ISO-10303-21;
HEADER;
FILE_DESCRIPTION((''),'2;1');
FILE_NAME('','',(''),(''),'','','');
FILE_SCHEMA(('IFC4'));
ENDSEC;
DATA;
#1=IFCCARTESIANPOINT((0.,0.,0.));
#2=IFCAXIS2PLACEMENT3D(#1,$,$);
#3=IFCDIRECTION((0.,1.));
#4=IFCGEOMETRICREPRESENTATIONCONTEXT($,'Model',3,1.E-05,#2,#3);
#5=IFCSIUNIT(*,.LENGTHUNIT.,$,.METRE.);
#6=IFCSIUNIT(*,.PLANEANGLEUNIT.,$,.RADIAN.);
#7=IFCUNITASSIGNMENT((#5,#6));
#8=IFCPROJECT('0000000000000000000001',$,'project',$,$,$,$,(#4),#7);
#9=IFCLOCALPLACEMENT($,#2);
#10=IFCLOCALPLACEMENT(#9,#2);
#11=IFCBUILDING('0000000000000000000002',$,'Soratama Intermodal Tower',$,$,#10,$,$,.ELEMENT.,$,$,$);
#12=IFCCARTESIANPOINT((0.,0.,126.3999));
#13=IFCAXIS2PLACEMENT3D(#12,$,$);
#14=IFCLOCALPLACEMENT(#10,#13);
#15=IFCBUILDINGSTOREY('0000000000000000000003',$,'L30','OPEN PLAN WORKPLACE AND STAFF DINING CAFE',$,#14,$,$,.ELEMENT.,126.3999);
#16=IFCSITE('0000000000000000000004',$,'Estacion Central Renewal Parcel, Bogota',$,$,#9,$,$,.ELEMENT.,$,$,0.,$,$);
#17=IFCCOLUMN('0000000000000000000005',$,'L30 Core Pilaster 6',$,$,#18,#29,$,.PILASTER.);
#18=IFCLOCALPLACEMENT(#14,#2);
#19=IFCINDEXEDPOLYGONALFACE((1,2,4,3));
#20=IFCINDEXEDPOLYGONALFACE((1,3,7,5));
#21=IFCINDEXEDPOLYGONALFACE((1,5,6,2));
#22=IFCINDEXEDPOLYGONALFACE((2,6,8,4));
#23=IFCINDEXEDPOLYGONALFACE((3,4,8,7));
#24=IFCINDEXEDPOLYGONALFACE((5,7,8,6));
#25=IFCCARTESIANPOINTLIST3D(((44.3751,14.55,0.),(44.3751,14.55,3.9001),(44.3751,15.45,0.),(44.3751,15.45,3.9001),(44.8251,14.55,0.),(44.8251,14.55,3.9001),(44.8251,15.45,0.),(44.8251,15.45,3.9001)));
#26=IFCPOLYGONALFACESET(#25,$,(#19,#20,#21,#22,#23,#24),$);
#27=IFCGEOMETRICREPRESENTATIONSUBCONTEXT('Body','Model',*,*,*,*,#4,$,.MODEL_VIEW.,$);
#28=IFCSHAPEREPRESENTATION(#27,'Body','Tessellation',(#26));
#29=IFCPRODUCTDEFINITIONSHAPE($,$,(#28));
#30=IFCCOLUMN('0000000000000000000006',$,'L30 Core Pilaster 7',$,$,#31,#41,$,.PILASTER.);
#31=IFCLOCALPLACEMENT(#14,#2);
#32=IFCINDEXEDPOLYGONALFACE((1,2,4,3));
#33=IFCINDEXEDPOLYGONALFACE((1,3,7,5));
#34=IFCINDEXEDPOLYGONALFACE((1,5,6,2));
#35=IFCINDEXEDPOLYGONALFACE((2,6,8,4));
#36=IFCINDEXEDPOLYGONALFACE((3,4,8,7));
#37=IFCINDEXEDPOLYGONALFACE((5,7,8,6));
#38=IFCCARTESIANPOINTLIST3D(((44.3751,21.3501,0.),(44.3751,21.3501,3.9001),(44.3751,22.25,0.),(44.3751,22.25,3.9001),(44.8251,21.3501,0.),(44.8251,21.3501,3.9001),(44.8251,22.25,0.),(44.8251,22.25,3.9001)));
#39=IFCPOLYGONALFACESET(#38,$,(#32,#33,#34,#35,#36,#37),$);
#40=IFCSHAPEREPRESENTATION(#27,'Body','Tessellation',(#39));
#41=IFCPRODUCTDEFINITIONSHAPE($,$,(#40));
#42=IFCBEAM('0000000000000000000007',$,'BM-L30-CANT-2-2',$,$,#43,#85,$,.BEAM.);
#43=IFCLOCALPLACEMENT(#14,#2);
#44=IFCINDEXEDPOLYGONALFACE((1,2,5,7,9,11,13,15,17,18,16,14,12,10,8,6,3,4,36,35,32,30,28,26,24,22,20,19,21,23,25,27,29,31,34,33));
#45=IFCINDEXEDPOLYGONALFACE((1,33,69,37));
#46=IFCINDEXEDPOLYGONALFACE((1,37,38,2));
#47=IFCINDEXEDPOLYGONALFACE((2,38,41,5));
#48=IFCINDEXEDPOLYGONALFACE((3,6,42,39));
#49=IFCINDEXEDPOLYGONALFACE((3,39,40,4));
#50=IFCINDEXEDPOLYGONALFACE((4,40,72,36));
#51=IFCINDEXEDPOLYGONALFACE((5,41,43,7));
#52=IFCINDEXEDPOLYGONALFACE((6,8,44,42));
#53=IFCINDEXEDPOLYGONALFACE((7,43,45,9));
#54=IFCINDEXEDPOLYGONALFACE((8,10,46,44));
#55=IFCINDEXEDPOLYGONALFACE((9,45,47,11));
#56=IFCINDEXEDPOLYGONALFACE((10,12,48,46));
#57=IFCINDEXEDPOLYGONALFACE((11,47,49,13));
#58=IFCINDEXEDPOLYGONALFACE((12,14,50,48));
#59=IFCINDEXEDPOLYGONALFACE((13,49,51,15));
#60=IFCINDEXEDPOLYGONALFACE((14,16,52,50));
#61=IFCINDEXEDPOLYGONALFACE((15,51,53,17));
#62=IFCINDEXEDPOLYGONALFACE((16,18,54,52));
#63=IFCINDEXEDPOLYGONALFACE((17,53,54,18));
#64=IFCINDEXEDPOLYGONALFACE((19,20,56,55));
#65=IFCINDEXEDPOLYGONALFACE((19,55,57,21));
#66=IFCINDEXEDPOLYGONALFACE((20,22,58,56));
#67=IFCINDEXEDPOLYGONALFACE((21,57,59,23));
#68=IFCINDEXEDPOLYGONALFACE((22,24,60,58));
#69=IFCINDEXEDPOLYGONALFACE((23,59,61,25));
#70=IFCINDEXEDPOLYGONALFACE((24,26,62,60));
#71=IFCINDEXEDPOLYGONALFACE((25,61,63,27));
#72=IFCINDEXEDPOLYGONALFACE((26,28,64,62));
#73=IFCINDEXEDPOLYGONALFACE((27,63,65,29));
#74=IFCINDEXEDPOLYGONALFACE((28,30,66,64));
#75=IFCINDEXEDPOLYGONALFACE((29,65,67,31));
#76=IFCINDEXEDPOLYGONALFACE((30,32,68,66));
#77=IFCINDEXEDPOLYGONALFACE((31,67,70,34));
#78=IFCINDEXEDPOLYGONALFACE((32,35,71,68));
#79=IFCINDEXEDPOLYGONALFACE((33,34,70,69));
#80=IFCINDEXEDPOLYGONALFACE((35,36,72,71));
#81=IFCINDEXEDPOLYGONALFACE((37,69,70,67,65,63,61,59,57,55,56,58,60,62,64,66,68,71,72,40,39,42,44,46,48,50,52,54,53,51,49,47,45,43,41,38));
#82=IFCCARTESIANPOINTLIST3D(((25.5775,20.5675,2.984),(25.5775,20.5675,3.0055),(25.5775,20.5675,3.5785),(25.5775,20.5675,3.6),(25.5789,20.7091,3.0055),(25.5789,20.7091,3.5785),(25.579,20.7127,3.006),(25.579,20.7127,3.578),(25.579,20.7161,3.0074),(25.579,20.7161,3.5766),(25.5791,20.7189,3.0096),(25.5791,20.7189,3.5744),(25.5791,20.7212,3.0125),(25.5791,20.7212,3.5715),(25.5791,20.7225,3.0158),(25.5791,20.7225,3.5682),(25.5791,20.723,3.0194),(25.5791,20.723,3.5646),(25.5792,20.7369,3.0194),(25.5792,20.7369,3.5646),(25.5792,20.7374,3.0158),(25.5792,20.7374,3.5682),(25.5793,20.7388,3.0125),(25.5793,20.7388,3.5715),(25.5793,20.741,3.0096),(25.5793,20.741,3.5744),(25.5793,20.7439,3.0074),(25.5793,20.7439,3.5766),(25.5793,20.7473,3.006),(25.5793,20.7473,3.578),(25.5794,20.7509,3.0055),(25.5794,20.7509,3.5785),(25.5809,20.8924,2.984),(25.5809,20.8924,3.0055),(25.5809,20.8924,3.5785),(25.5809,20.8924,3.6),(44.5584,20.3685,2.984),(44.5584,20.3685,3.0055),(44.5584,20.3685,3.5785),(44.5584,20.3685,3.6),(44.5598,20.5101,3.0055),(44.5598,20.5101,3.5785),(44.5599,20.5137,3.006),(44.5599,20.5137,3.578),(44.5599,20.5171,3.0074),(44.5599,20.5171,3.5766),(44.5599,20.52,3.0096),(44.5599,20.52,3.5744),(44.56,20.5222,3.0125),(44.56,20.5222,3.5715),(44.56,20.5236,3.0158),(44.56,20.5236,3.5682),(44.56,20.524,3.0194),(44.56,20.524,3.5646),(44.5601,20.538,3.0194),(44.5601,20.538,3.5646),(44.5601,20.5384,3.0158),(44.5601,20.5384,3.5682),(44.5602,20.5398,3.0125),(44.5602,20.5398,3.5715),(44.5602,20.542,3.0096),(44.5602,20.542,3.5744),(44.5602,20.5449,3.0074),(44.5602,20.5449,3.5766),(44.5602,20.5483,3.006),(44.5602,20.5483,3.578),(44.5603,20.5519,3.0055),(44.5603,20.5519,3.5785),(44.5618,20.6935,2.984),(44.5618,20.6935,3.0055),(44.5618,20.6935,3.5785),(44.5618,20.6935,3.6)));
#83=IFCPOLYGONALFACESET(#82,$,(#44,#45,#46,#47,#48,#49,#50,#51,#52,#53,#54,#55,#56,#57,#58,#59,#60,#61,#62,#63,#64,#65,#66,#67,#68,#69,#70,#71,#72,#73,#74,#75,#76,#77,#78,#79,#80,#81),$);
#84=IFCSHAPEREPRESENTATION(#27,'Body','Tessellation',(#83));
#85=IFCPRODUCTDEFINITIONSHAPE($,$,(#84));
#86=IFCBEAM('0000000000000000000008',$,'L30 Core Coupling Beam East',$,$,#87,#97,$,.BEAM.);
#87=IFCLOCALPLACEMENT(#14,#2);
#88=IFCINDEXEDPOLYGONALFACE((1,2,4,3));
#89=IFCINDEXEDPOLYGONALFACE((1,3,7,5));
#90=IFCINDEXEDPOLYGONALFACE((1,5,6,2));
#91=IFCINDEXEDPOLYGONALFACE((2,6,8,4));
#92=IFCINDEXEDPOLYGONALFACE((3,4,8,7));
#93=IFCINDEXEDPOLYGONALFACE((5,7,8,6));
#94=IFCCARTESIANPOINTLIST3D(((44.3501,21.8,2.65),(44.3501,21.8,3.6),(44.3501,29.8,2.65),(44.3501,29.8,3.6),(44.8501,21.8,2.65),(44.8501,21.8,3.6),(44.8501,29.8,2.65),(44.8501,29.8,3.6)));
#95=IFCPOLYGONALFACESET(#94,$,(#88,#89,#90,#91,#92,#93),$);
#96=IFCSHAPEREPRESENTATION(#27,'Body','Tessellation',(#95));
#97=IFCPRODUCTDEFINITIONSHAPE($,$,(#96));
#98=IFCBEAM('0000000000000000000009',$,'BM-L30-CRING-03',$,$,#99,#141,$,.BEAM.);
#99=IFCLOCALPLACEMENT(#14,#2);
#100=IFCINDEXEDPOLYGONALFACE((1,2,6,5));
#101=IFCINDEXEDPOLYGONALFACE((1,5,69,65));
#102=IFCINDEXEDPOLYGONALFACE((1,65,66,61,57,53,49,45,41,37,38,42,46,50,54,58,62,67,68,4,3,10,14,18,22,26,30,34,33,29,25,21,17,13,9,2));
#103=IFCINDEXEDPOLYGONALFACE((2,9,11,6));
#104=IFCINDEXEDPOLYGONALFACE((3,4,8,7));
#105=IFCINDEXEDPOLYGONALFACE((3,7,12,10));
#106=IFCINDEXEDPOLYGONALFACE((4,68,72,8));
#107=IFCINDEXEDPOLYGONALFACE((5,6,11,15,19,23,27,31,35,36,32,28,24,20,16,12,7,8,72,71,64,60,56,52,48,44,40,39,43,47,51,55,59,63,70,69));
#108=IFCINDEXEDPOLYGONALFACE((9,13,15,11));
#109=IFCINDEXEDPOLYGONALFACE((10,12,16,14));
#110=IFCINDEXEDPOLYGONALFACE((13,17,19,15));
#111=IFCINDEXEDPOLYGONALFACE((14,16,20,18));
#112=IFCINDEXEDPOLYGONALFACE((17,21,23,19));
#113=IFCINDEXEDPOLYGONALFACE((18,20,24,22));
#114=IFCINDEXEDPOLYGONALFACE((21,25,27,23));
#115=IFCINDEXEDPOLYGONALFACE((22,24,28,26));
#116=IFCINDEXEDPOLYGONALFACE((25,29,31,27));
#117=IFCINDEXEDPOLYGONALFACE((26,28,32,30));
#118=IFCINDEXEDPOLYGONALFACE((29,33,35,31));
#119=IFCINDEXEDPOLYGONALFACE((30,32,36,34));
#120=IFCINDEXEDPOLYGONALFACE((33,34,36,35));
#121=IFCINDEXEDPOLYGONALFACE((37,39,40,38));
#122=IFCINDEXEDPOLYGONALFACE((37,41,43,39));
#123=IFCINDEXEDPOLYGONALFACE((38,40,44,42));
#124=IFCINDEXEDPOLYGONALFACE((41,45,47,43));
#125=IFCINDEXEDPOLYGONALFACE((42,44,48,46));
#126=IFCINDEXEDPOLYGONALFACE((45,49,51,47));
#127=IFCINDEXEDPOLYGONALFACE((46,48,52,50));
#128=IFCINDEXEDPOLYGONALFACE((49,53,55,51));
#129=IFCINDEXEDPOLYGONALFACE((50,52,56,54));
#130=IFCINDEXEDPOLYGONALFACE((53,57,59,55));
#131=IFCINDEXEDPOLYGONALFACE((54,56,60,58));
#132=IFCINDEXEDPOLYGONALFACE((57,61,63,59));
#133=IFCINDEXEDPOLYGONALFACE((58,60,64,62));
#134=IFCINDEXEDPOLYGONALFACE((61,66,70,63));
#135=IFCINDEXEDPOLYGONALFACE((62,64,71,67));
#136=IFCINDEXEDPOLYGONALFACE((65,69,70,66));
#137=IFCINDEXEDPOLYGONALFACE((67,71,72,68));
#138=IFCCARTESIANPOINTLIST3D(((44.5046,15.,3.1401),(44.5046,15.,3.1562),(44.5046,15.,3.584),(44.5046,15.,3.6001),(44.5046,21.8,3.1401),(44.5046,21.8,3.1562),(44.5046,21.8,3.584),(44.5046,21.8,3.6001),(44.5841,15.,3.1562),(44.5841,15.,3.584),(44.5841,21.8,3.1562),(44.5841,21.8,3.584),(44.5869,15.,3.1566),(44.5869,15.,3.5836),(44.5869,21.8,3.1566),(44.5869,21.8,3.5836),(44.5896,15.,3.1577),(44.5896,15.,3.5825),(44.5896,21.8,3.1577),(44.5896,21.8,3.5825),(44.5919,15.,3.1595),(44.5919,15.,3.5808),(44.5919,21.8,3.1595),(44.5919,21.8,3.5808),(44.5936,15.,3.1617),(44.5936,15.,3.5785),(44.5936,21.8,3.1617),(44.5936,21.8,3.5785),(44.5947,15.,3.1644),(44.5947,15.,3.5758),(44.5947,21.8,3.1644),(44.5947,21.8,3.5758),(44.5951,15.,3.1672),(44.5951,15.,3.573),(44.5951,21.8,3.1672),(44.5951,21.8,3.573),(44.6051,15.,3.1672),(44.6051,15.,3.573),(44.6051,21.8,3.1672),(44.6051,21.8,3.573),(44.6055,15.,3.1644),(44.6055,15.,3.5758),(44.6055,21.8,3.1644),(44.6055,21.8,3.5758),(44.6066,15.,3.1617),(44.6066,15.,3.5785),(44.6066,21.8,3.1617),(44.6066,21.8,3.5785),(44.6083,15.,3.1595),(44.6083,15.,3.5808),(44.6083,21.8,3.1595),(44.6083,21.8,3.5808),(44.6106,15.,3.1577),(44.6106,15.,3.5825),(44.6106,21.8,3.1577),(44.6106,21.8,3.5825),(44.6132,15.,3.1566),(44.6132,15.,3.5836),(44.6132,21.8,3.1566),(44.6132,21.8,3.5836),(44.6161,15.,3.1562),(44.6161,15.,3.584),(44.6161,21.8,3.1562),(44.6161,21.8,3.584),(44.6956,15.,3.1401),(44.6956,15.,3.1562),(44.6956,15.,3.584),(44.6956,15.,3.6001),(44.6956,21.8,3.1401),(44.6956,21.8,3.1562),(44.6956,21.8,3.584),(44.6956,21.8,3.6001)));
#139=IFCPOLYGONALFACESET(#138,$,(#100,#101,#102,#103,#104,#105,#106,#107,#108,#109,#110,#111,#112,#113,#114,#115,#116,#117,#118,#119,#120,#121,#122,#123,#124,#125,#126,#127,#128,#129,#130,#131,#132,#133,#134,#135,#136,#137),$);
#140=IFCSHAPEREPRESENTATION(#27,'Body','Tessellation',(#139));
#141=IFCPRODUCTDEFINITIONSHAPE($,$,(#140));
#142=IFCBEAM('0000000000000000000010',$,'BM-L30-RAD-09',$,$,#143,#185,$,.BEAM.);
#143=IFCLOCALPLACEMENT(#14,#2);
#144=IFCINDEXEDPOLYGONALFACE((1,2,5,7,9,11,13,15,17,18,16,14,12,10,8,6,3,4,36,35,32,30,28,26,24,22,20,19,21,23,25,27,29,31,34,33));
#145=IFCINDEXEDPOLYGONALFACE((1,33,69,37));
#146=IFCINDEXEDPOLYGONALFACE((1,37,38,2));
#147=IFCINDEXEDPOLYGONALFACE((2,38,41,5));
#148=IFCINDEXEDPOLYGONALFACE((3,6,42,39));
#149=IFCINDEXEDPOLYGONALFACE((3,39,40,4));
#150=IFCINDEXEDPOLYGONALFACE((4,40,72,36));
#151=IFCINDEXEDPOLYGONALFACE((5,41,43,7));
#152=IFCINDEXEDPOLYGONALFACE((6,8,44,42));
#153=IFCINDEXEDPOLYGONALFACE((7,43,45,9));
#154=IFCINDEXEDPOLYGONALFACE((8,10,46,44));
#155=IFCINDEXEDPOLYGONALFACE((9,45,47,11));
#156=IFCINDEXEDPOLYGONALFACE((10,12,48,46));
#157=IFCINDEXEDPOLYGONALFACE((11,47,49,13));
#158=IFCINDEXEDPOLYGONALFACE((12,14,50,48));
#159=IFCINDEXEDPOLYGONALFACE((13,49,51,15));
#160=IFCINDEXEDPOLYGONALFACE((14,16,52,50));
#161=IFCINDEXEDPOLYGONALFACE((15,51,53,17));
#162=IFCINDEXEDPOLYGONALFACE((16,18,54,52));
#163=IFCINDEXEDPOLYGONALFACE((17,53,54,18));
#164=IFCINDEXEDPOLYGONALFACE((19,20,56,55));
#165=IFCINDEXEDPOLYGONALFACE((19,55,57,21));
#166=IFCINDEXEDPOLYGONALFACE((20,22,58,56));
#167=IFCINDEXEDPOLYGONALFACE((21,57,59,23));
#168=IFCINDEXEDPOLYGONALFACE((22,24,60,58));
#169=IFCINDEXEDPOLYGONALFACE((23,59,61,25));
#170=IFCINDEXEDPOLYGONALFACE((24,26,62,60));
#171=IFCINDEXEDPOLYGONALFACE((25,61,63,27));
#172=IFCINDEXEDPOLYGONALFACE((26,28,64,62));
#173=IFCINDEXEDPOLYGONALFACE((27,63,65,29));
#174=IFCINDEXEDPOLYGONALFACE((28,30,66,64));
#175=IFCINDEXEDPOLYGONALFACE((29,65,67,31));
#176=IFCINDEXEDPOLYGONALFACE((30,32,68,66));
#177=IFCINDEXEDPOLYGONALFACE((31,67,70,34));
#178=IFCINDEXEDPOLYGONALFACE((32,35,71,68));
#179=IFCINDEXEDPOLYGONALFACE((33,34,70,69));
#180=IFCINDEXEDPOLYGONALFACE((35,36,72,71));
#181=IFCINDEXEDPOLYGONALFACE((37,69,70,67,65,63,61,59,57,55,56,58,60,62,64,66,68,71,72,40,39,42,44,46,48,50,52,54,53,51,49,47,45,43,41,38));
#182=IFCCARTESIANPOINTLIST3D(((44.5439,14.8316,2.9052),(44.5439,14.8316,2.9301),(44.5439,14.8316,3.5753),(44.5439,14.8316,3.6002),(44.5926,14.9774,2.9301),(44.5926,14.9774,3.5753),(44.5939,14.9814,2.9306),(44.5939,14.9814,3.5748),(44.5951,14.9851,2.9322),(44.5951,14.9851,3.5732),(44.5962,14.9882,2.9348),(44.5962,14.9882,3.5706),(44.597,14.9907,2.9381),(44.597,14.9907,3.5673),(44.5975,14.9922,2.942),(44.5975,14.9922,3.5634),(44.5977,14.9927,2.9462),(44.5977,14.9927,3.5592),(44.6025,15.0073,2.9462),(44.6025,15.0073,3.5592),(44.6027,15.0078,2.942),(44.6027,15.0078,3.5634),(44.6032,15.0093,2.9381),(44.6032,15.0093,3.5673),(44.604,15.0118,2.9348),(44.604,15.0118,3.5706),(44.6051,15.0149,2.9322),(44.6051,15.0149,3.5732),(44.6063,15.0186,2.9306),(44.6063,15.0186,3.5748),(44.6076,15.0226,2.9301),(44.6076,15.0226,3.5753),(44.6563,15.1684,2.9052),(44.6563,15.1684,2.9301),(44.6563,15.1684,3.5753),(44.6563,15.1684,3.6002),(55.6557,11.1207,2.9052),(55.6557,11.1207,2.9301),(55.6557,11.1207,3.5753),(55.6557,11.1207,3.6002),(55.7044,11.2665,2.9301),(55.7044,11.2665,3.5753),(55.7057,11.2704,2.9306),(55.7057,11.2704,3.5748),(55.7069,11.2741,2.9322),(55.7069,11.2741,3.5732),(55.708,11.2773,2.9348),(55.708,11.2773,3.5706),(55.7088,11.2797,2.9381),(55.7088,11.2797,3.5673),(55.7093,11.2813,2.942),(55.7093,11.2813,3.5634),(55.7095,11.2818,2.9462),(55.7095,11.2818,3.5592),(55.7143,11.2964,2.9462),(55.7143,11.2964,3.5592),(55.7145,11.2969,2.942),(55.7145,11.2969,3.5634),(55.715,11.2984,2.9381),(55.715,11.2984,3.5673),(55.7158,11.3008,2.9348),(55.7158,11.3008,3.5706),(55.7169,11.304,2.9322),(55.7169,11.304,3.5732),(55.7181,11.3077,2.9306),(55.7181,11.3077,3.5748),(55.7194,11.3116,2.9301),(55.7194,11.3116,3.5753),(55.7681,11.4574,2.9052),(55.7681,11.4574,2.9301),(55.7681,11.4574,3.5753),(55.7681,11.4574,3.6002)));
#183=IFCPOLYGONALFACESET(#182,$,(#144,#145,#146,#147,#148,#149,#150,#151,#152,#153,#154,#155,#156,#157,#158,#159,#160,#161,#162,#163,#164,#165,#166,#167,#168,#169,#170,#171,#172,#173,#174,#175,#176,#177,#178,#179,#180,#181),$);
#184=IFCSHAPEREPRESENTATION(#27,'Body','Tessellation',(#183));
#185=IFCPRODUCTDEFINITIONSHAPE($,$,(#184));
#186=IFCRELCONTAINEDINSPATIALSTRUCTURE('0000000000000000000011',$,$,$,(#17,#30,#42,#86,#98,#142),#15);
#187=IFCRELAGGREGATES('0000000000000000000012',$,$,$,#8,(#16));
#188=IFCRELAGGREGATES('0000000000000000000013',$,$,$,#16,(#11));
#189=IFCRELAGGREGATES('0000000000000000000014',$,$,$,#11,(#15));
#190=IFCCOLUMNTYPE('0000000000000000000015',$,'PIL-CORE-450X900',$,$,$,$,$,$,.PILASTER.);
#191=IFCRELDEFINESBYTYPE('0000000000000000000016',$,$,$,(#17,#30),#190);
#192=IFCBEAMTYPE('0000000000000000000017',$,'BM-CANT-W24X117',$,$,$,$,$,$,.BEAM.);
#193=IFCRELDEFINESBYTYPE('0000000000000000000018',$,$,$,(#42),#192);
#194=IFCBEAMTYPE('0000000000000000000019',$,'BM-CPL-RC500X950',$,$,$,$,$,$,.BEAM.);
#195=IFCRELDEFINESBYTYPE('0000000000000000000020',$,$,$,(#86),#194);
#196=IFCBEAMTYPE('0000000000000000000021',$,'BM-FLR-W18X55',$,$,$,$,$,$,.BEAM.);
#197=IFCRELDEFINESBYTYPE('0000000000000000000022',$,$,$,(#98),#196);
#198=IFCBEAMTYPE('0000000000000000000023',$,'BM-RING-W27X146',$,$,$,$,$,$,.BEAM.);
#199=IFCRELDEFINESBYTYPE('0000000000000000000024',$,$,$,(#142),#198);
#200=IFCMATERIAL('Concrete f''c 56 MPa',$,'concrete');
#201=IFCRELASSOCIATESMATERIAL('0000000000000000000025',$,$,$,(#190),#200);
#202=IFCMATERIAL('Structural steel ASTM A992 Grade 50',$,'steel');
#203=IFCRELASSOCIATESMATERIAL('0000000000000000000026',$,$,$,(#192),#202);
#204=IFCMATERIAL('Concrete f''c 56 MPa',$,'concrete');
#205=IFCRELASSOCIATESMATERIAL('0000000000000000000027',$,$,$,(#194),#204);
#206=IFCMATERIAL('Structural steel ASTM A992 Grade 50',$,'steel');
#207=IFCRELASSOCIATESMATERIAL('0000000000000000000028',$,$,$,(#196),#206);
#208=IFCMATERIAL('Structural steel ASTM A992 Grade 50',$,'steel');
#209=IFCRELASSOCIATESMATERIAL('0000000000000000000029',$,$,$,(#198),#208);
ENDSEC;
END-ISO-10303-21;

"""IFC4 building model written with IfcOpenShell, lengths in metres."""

from ifc_helpers import new_model, si_unit, direction, frame, origin, origin_2d, place, context, subcontext, project, spatial, rectangle, i_section, extrude, material, material_profile, profile_set, type_object, element, save


model = new_model("IFC4")

# Units and contexts
model_context = context("Model", 3, precision=1e-05, world=origin(), true_north=direction((0.0, 1.0)))
body_context = subcontext(model_context, "Body", "Model", "MODEL_VIEW")
ifc_project = project(units=[si_unit("LENGTHUNIT", "METRE"), si_unit("PLANEANGLEUNIT", "RADIAN")], contexts=[model_context])

# Site, building, storey
site_placement = place(None, origin())
site = spatial("IfcSite", under=ifc_project, at=site_placement, Name="Estacion Central Renewal Parcel, Bogota", CompositionType="ELEMENT", RefElevation=0.0)
building_placement = place(site_placement, origin())
building = spatial("IfcBuilding", under=site, at=building_placement, Name="Soratama Intermodal Tower", CompositionType="ELEMENT")
storey_placement = place(building_placement, frame((0.0, 0.0, 126.3999)))
storey = spatial("IfcBuildingStorey", under=building, at=storey_placement, Name="L30", Description="OPEN PLAN WORKPLACE AND STAFF DINING CAFE", CompositionType="ELEMENT", Elevation=126.3999)

# Columns
ifc_material_1 = material(Name="Concrete f'c 56 MPa", Category="concrete")
ifc_material_profile_1 = material_profile(ifc_material_1, rectangle(XDim=0.45, YDim=0.8999, at=origin_2d()), Name="RC450X900")
ifc_profile_set_1 = profile_set([ifc_material_profile_1], Name="Concrete f'c 56 MPa")
column_type = type_object("IfcColumnType", Name="PIL-CORE-450X900", PredefinedType="PILASTER", material=ifc_profile_set_1)
for number, where, z_axis, x_axis, name in (
    (1, (44.6001, 15.0, 0.0), (0.0, 0.0, 1.0), (1.0, 0.0, 0.0), "L30 Core Pilaster 6"),
    (2, (44.6001, 21.8, 0.0), (0.0, 0.0, 1.0), (1.0, 0.0, 0.0), "L30 Core Pilaster 7"),
):
    element("IfcColumn", number, at=place(storey_placement, frame(where, z_axis=z_axis, x_axis=x_axis)), inside=storey, type_object=column_type, Name=name, PredefinedType="PILASTER", context=body_context, shape_type="SweptSolid", body=[
        extrude(rectangle(XDim=0.45, YDim=0.8999, at=origin_2d()), origin(), (0.0, 0.0, 1.0), 3.9001),
    ])

# Beams
ifc_material_2 = material(Name="Structural steel ASTM A992 Grade 50", Category="steel")
ifc_material_profile_2 = material_profile(ifc_material_2, i_section(OverallWidth=0.325, OverallDepth=0.616, WebThickness=0.0139, FlangeThickness=0.0215, FilletRadius=0.0139, at=origin_2d()), Name="W24X117")
ifc_profile_set_2 = profile_set([ifc_material_profile_2], Name="Structural steel ASTM A992 Grade 50")
beam_type_1 = type_object("IfcBeamType", Name="BM-CANT-W24X117", PredefinedType="BEAM", material=ifc_profile_set_2)
beam_1_placement = place(storey_placement, frame((44.5601, 20.531, 3.292), z_axis=(-0.999945, 0.010482, 0.0), x_axis=(-0.010482, -0.999945, 0.0)))
element("IfcBeam", 3, at=beam_1_placement, inside=storey, type_object=beam_type_1, Name="BM-L30-CANT-2-2", PredefinedType="BEAM", context=body_context, shape_type="SweptSolid", body=[
    extrude(i_section(OverallWidth=0.325, OverallDepth=0.616, WebThickness=0.0139, FlangeThickness=0.0215, FilletRadius=0.0139, at=origin_2d()), origin(), (0.0, 0.0, 1.0), 18.9819),
])
ifc_material_3 = material(Name="Concrete f'c 56 MPa", Category="concrete")
ifc_material_profile_3 = material_profile(ifc_material_3, rectangle(XDim=0.5, YDim=0.95, at=origin_2d()), Name="RC500X950")
ifc_profile_set_3 = profile_set([ifc_material_profile_3], Name="Concrete f'c 56 MPa")
beam_type_2 = type_object("IfcBeamType", Name="BM-CPL-RC500X950", PredefinedType="BEAM", material=ifc_profile_set_3)
beam_2_placement = place(storey_placement, frame((44.6001, 21.8, 3.125), z_axis=(0.0, 1.0, 0.0), x_axis=(-1.0, 0.0, 0.0)))
element("IfcBeam", 4, at=beam_2_placement, inside=storey, type_object=beam_type_2, Name="L30 Core Coupling Beam East", PredefinedType="BEAM", context=body_context, shape_type="SweptSolid", body=[
    extrude(rectangle(XDim=0.5, YDim=0.95, at=origin_2d()), origin(), (0.0, 0.0, 1.0), 8.0),
])
ifc_material_4 = material(Name="Structural steel ASTM A992 Grade 50", Category="steel")
ifc_material_profile_4 = material_profile(ifc_material_4, i_section(OverallWidth=0.1909, OverallDepth=0.46, WebThickness=0.01, FlangeThickness=0.0161, FilletRadius=0.011, at=origin_2d()), Name="W18X55")
ifc_profile_set_4 = profile_set([ifc_material_profile_4], Name="Structural steel ASTM A992 Grade 50")
beam_type_3 = type_object("IfcBeamType", Name="BM-FLR-W18X55", PredefinedType="BEAM", material=ifc_profile_set_4)
beam_3_placement = place(storey_placement, frame((44.6001, 15.0, 3.3701), z_axis=(0.0, 1.0, 0.0), x_axis=(-1.0, 0.0, 0.0)))
element("IfcBeam", 5, at=beam_3_placement, inside=storey, type_object=beam_type_3, Name="BM-L30-CRING-03", PredefinedType="BEAM", context=body_context, shape_type="SweptSolid", body=[
    extrude(i_section(OverallWidth=0.1909, OverallDepth=0.46, WebThickness=0.01, FlangeThickness=0.0161, FilletRadius=0.011, at=origin_2d()), origin(), (0.0, 0.0, 1.0), 6.8),
])
ifc_material_5 = material(Name="Structural steel ASTM A992 Grade 50", Category="steel")
ifc_material_profile_5 = material_profile(ifc_material_5, i_section(OverallWidth=0.355, OverallDepth=0.6951, WebThickness=0.0154, FlangeThickness=0.0249, FilletRadius=0.0161, at=origin_2d()), Name="W27X146")
ifc_profile_set_5 = profile_set([ifc_material_profile_5], Name="Structural steel ASTM A992 Grade 50")
beam_type_4 = type_object("IfcBeamType", Name="BM-RING-W27X146", PredefinedType="BEAM", material=ifc_profile_set_5)
beam_4_placement = place(storey_placement, frame((44.6001, 15.0, 3.2527), z_axis=(0.948504, -0.316765, 0.0), x_axis=(0.316765, 0.948504, 0.0)))
element("IfcBeam", 6, at=beam_4_placement, inside=storey, type_object=beam_type_4, Name="BM-L30-RAD-09", PredefinedType="BEAM", context=body_context, shape_type="SweptSolid", body=[
    extrude(i_section(OverallWidth=0.355, OverallDepth=0.6951, WebThickness=0.0154, FlangeThickness=0.0249, FilletRadius=0.0161, at=origin_2d()), origin(), (0.0, 0.0, 1.0), 11.7151),
])

save(model, "model.ifc")
